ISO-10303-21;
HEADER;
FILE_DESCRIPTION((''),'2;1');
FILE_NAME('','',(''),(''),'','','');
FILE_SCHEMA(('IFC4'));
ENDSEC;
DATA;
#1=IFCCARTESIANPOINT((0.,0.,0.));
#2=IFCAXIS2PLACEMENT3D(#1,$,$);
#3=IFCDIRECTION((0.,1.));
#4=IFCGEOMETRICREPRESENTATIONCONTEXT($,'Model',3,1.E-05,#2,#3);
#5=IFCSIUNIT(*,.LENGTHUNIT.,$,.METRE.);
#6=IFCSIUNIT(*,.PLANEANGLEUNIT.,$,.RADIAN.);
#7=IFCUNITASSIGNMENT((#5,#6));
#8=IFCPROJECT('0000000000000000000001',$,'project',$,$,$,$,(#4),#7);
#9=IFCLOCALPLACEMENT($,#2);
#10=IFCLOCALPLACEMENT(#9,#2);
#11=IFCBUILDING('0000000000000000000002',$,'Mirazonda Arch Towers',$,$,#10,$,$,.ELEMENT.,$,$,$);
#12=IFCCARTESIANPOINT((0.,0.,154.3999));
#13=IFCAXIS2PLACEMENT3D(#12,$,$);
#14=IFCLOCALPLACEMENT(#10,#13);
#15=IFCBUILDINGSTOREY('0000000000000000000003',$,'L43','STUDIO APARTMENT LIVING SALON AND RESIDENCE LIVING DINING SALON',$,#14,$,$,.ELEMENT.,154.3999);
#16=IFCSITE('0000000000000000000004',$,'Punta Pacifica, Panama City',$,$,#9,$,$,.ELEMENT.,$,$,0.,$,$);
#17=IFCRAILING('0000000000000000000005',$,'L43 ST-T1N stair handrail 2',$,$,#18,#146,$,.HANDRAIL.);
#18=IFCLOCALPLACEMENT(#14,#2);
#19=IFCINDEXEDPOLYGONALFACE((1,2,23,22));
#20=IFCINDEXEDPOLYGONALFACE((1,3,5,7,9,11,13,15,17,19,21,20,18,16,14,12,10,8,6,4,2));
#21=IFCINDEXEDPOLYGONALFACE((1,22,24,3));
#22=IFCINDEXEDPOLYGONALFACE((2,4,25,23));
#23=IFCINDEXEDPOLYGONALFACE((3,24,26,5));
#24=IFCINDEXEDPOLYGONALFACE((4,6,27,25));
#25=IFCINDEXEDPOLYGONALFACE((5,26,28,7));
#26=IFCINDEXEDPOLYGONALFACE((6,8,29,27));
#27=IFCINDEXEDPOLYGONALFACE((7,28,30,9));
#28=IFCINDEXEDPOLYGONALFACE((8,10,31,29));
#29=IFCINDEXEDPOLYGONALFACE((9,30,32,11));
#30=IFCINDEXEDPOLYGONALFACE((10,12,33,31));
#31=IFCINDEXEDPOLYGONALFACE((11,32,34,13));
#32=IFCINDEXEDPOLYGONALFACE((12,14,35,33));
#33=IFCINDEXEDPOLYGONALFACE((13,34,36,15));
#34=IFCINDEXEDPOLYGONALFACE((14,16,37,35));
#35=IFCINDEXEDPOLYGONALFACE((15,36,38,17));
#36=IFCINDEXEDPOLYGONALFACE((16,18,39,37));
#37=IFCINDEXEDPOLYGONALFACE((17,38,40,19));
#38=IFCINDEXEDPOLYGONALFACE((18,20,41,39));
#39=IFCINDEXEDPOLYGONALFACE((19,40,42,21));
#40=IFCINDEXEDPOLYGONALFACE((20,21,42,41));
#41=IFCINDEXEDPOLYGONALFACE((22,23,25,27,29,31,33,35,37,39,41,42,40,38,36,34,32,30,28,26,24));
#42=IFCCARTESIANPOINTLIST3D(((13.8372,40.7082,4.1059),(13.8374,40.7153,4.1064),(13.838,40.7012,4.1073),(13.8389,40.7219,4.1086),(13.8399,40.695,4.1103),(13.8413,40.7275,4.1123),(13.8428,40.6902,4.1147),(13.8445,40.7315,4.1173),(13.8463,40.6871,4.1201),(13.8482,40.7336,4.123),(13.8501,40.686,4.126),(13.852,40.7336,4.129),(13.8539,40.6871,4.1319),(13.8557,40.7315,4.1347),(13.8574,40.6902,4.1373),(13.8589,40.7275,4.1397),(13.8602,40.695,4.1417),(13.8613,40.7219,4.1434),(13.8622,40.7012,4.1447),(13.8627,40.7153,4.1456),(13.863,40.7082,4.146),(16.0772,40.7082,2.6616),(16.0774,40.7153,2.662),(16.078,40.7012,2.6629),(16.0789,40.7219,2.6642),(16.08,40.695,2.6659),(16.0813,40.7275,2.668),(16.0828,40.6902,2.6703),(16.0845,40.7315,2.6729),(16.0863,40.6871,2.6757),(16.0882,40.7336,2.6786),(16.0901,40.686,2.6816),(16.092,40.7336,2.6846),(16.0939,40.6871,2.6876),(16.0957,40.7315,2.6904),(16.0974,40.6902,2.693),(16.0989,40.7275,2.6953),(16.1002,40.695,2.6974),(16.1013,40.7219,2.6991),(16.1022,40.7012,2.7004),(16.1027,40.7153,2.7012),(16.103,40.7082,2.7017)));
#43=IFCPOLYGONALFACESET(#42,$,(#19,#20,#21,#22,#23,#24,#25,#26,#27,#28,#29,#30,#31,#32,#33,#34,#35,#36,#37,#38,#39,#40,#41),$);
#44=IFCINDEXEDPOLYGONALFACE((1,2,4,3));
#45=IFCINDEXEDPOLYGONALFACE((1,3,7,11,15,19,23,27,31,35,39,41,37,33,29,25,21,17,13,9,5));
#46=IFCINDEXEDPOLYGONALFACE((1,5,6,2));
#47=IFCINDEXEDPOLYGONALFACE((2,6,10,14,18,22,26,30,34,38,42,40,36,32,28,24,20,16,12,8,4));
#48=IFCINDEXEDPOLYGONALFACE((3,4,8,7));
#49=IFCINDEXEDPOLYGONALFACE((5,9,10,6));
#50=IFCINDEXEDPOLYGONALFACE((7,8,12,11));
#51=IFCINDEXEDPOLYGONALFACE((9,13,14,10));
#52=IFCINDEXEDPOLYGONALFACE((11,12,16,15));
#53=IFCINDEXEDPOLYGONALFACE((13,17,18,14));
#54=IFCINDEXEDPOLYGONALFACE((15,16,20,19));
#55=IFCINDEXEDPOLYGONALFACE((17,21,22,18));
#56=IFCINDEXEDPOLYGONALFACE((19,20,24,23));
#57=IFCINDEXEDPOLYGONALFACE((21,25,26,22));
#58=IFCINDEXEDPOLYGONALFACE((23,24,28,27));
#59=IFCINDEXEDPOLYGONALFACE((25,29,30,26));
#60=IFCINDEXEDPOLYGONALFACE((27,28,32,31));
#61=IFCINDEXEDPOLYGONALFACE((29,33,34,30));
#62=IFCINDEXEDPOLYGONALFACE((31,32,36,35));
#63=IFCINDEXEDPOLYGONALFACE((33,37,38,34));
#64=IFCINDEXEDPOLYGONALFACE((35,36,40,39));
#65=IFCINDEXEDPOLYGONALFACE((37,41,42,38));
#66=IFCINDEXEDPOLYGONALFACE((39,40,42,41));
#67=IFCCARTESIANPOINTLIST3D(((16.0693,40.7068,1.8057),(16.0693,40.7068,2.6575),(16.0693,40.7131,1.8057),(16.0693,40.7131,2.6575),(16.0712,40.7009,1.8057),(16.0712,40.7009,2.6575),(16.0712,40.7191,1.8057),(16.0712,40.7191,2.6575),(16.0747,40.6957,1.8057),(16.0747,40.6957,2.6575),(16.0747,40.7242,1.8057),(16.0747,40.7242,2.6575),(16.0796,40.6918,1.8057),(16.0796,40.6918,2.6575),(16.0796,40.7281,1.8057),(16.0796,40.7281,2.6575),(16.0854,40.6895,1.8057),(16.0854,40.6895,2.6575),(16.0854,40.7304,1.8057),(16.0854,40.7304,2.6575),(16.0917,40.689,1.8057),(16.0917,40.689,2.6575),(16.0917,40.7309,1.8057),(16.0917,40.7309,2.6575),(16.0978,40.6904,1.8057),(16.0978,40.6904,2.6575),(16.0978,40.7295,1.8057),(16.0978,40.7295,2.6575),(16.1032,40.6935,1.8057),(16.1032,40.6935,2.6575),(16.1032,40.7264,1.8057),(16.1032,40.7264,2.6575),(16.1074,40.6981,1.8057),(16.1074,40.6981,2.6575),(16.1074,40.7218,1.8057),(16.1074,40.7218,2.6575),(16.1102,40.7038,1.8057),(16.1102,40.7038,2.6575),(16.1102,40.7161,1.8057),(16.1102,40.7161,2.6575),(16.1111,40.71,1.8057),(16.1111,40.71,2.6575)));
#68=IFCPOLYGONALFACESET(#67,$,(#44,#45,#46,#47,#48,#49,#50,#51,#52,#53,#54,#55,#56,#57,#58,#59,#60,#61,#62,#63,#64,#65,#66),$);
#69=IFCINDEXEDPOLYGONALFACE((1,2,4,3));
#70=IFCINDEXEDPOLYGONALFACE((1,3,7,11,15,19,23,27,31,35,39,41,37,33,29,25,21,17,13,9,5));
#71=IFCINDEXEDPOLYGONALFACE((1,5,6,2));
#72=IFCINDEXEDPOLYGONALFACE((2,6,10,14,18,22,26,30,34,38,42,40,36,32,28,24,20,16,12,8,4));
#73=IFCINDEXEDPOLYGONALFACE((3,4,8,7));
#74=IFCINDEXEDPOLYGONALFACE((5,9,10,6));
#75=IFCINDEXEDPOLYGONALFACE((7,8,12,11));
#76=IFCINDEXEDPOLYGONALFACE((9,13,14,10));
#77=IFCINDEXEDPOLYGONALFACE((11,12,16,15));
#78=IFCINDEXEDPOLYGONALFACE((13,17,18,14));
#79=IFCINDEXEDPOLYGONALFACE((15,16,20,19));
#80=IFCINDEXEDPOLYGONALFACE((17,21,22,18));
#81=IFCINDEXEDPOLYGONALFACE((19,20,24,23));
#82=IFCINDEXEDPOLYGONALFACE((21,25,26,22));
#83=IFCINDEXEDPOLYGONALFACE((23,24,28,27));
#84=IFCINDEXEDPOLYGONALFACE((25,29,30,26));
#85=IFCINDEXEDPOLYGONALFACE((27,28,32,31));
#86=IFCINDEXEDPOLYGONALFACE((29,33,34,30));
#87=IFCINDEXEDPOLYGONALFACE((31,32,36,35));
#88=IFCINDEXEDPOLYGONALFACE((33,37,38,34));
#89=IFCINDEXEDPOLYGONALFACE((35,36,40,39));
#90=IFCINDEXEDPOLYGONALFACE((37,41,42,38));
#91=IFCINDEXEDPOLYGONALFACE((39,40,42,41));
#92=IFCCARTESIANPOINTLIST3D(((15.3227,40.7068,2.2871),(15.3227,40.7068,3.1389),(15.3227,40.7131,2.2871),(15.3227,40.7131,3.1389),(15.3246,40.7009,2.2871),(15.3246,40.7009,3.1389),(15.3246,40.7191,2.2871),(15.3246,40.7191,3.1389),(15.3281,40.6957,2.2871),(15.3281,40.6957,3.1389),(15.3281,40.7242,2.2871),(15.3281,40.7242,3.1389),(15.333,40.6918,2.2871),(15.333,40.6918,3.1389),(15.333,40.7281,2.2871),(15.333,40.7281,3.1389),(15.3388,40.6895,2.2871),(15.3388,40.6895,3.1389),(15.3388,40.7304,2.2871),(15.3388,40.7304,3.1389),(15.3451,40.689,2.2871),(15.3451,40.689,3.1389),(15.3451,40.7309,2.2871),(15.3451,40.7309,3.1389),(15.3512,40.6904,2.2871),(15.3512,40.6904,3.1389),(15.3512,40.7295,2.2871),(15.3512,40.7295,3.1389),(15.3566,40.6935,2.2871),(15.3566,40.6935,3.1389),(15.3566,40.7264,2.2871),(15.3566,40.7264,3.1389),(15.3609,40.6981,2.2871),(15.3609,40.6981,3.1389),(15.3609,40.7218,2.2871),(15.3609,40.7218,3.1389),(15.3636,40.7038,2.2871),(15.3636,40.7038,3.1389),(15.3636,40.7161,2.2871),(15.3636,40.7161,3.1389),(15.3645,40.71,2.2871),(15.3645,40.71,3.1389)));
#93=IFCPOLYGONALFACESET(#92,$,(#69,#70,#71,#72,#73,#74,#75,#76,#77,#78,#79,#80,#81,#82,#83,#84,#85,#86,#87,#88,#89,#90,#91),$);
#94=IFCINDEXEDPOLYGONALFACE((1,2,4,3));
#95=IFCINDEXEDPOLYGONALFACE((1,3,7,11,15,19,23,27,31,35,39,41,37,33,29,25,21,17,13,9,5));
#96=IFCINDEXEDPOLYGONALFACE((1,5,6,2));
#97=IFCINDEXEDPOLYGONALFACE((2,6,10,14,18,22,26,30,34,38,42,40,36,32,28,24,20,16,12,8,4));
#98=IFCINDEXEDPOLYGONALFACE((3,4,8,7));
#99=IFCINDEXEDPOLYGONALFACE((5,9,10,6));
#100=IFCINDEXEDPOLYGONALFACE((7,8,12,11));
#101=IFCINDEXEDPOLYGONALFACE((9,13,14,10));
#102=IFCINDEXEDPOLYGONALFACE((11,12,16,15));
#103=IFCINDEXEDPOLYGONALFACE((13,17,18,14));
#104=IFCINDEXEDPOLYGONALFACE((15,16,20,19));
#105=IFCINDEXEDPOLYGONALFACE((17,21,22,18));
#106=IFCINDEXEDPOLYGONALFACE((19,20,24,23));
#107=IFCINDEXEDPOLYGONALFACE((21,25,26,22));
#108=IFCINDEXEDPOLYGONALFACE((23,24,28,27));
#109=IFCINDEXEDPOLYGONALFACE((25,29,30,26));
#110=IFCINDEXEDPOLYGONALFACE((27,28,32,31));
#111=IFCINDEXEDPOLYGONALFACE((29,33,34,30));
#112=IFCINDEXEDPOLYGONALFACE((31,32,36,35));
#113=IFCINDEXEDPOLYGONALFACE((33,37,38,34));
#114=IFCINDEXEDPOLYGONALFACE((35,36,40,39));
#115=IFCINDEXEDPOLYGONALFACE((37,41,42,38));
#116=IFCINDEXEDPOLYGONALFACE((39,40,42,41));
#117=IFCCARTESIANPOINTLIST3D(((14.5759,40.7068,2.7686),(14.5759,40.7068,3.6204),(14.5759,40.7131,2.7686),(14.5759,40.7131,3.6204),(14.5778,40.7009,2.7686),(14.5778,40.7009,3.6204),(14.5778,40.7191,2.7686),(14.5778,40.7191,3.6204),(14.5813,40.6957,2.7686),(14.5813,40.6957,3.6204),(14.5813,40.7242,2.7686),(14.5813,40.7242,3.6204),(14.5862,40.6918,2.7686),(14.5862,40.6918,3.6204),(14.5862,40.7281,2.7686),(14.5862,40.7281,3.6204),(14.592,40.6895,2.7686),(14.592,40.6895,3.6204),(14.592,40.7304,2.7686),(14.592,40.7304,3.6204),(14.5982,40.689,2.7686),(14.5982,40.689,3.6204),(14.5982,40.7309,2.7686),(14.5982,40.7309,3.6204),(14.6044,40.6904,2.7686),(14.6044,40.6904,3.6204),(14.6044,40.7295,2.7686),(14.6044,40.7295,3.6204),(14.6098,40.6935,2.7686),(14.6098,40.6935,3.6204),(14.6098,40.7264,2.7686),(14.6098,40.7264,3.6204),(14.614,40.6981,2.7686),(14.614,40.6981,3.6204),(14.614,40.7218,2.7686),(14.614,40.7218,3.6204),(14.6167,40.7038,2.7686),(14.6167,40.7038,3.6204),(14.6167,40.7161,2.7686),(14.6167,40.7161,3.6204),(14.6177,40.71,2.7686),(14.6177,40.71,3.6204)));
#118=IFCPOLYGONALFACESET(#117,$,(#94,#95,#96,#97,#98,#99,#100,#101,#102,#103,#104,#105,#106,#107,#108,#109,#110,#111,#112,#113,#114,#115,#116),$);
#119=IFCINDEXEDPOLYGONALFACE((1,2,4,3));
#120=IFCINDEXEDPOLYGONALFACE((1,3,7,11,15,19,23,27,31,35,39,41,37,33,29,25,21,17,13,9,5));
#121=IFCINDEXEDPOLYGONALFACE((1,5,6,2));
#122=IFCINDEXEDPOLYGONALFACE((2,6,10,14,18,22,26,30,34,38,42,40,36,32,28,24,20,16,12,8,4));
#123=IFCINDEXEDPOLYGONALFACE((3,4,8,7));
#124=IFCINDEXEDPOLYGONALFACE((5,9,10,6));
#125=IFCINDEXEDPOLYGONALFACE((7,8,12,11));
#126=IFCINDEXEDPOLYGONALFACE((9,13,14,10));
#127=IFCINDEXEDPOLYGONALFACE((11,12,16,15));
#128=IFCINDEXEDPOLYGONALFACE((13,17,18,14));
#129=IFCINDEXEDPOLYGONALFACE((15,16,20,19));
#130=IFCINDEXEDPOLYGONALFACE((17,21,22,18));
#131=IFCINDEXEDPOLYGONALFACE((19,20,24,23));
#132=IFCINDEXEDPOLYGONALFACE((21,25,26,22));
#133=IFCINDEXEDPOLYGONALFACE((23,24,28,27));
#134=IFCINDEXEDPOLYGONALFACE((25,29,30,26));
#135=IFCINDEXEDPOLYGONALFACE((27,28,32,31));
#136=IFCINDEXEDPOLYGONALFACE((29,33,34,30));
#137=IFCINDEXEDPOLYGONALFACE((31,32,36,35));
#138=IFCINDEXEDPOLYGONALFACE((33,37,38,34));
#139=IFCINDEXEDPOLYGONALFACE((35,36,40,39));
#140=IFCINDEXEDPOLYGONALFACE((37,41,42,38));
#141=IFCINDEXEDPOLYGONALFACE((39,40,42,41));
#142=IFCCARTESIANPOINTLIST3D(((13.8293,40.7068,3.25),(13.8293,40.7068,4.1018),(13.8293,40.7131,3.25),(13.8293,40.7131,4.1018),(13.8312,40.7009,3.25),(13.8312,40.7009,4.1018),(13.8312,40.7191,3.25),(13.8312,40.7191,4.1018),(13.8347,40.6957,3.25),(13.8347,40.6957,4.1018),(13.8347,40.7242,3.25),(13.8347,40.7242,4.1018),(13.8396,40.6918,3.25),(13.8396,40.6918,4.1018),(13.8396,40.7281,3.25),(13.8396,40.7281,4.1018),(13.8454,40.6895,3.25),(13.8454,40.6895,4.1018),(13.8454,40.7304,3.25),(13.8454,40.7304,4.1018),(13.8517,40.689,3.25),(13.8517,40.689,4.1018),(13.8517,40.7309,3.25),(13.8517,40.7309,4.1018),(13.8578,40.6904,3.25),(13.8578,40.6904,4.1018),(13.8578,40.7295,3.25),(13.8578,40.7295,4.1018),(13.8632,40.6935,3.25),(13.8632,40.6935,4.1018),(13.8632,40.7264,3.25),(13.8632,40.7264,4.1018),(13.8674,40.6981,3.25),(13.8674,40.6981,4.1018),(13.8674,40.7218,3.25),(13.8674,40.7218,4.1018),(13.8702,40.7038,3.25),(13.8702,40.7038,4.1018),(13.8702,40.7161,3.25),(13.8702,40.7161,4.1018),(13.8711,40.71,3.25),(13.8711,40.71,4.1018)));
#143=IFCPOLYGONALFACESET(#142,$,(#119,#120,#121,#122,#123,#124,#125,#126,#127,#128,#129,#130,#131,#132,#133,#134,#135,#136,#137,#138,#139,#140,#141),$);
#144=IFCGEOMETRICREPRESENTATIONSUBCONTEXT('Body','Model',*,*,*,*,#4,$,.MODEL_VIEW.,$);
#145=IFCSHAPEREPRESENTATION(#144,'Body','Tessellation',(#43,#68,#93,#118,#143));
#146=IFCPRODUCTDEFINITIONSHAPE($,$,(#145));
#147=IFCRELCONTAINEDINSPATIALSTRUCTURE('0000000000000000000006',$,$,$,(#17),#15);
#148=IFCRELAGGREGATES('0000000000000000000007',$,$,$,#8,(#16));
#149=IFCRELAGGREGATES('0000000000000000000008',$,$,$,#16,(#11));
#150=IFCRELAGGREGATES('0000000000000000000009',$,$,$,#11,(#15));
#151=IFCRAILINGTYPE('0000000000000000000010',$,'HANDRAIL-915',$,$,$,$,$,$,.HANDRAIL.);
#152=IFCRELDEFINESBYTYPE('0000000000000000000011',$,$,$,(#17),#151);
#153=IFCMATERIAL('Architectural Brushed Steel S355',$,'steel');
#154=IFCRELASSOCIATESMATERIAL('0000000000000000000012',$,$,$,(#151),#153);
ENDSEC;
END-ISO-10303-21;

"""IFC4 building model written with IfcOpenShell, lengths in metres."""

from ifc_helpers import new_model, si_unit, direction, frame, origin, origin_2d, place, context, subcontext, project, spatial, circle, extrude, material, type_object, element, save


model = new_model("IFC4")

# Units and contexts
model_context = context("Model", 3, precision=1e-05, world=origin(), true_north=direction((0.0, 1.0)))
body_context = subcontext(model_context, "Body", "Model", "MODEL_VIEW")
ifc_project = project(units=[si_unit("LENGTHUNIT", "METRE"), si_unit("PLANEANGLEUNIT", "RADIAN")], contexts=[model_context])

# Site, building, storey
site_placement = place(None, origin())
site = spatial("IfcSite", under=ifc_project, at=site_placement, Name="Punta Pacifica, Panama City", CompositionType="ELEMENT", RefElevation=0.0)
building_placement = place(site_placement, origin())
building = spatial("IfcBuilding", under=site, at=building_placement, Name="Mirazonda Arch Towers", CompositionType="ELEMENT")
storey_placement = place(building_placement, frame((0.0, 0.0, 154.3999)))
storey = spatial("IfcBuildingStorey", under=building, at=storey_placement, Name="L43", Description="STUDIO APARTMENT LIVING SALON AND RESIDENCE LIVING DINING SALON", CompositionType="ELEMENT", Elevation=154.3999)

# Shared definitions
ifc_material_1 = material(Name="Architectural Brushed Steel S355", Category="steel")

# Railing
railing_type_1 = type_object("IfcRailingType", Name="HANDRAIL-915", PredefinedType="HANDRAIL", material=ifc_material_1)
railing_1_placement = place(storey_placement, frame((16.0901, 40.71, 1.8057)))
element("IfcRailing", 1, at=railing_1_placement, inside=storey, type_object=railing_type_1, Name="L43 ST-T1N stair handrail 2", PredefinedType="HANDRAIL", context=body_context, shape_type="SweptSolid", body=[
    extrude(circle(Radius=0.0239, at=origin_2d()), frame((0.0, 0.0, 0.876), z_axis=(-0.840437, 0.0, 0.54191), x_axis=(0.0, -1.0, 0.0)), (0.0, 0.0, 1.0), 2.6653),
    extrude(circle(Radius=0.021, at=origin_2d()), origin(), (0.0, 0.0, 1.0), 0.8518),
    extrude(circle(Radius=0.021, at=origin_2d()), frame((-0.7466, 0.0, 0.4814)), (0.0, 0.0, 1.0), 0.8518),
    extrude(circle(Radius=0.021, at=origin_2d()), frame((-1.4934, 0.0, 0.9629)), (0.0, 0.0, 1.0), 0.8518),
    extrude(circle(Radius=0.021, at=origin_2d()), frame((-2.24, 0.0, 1.4443)), (0.0, 0.0, 1.0), 0.8518),
])

save(model, "model.ifc")
